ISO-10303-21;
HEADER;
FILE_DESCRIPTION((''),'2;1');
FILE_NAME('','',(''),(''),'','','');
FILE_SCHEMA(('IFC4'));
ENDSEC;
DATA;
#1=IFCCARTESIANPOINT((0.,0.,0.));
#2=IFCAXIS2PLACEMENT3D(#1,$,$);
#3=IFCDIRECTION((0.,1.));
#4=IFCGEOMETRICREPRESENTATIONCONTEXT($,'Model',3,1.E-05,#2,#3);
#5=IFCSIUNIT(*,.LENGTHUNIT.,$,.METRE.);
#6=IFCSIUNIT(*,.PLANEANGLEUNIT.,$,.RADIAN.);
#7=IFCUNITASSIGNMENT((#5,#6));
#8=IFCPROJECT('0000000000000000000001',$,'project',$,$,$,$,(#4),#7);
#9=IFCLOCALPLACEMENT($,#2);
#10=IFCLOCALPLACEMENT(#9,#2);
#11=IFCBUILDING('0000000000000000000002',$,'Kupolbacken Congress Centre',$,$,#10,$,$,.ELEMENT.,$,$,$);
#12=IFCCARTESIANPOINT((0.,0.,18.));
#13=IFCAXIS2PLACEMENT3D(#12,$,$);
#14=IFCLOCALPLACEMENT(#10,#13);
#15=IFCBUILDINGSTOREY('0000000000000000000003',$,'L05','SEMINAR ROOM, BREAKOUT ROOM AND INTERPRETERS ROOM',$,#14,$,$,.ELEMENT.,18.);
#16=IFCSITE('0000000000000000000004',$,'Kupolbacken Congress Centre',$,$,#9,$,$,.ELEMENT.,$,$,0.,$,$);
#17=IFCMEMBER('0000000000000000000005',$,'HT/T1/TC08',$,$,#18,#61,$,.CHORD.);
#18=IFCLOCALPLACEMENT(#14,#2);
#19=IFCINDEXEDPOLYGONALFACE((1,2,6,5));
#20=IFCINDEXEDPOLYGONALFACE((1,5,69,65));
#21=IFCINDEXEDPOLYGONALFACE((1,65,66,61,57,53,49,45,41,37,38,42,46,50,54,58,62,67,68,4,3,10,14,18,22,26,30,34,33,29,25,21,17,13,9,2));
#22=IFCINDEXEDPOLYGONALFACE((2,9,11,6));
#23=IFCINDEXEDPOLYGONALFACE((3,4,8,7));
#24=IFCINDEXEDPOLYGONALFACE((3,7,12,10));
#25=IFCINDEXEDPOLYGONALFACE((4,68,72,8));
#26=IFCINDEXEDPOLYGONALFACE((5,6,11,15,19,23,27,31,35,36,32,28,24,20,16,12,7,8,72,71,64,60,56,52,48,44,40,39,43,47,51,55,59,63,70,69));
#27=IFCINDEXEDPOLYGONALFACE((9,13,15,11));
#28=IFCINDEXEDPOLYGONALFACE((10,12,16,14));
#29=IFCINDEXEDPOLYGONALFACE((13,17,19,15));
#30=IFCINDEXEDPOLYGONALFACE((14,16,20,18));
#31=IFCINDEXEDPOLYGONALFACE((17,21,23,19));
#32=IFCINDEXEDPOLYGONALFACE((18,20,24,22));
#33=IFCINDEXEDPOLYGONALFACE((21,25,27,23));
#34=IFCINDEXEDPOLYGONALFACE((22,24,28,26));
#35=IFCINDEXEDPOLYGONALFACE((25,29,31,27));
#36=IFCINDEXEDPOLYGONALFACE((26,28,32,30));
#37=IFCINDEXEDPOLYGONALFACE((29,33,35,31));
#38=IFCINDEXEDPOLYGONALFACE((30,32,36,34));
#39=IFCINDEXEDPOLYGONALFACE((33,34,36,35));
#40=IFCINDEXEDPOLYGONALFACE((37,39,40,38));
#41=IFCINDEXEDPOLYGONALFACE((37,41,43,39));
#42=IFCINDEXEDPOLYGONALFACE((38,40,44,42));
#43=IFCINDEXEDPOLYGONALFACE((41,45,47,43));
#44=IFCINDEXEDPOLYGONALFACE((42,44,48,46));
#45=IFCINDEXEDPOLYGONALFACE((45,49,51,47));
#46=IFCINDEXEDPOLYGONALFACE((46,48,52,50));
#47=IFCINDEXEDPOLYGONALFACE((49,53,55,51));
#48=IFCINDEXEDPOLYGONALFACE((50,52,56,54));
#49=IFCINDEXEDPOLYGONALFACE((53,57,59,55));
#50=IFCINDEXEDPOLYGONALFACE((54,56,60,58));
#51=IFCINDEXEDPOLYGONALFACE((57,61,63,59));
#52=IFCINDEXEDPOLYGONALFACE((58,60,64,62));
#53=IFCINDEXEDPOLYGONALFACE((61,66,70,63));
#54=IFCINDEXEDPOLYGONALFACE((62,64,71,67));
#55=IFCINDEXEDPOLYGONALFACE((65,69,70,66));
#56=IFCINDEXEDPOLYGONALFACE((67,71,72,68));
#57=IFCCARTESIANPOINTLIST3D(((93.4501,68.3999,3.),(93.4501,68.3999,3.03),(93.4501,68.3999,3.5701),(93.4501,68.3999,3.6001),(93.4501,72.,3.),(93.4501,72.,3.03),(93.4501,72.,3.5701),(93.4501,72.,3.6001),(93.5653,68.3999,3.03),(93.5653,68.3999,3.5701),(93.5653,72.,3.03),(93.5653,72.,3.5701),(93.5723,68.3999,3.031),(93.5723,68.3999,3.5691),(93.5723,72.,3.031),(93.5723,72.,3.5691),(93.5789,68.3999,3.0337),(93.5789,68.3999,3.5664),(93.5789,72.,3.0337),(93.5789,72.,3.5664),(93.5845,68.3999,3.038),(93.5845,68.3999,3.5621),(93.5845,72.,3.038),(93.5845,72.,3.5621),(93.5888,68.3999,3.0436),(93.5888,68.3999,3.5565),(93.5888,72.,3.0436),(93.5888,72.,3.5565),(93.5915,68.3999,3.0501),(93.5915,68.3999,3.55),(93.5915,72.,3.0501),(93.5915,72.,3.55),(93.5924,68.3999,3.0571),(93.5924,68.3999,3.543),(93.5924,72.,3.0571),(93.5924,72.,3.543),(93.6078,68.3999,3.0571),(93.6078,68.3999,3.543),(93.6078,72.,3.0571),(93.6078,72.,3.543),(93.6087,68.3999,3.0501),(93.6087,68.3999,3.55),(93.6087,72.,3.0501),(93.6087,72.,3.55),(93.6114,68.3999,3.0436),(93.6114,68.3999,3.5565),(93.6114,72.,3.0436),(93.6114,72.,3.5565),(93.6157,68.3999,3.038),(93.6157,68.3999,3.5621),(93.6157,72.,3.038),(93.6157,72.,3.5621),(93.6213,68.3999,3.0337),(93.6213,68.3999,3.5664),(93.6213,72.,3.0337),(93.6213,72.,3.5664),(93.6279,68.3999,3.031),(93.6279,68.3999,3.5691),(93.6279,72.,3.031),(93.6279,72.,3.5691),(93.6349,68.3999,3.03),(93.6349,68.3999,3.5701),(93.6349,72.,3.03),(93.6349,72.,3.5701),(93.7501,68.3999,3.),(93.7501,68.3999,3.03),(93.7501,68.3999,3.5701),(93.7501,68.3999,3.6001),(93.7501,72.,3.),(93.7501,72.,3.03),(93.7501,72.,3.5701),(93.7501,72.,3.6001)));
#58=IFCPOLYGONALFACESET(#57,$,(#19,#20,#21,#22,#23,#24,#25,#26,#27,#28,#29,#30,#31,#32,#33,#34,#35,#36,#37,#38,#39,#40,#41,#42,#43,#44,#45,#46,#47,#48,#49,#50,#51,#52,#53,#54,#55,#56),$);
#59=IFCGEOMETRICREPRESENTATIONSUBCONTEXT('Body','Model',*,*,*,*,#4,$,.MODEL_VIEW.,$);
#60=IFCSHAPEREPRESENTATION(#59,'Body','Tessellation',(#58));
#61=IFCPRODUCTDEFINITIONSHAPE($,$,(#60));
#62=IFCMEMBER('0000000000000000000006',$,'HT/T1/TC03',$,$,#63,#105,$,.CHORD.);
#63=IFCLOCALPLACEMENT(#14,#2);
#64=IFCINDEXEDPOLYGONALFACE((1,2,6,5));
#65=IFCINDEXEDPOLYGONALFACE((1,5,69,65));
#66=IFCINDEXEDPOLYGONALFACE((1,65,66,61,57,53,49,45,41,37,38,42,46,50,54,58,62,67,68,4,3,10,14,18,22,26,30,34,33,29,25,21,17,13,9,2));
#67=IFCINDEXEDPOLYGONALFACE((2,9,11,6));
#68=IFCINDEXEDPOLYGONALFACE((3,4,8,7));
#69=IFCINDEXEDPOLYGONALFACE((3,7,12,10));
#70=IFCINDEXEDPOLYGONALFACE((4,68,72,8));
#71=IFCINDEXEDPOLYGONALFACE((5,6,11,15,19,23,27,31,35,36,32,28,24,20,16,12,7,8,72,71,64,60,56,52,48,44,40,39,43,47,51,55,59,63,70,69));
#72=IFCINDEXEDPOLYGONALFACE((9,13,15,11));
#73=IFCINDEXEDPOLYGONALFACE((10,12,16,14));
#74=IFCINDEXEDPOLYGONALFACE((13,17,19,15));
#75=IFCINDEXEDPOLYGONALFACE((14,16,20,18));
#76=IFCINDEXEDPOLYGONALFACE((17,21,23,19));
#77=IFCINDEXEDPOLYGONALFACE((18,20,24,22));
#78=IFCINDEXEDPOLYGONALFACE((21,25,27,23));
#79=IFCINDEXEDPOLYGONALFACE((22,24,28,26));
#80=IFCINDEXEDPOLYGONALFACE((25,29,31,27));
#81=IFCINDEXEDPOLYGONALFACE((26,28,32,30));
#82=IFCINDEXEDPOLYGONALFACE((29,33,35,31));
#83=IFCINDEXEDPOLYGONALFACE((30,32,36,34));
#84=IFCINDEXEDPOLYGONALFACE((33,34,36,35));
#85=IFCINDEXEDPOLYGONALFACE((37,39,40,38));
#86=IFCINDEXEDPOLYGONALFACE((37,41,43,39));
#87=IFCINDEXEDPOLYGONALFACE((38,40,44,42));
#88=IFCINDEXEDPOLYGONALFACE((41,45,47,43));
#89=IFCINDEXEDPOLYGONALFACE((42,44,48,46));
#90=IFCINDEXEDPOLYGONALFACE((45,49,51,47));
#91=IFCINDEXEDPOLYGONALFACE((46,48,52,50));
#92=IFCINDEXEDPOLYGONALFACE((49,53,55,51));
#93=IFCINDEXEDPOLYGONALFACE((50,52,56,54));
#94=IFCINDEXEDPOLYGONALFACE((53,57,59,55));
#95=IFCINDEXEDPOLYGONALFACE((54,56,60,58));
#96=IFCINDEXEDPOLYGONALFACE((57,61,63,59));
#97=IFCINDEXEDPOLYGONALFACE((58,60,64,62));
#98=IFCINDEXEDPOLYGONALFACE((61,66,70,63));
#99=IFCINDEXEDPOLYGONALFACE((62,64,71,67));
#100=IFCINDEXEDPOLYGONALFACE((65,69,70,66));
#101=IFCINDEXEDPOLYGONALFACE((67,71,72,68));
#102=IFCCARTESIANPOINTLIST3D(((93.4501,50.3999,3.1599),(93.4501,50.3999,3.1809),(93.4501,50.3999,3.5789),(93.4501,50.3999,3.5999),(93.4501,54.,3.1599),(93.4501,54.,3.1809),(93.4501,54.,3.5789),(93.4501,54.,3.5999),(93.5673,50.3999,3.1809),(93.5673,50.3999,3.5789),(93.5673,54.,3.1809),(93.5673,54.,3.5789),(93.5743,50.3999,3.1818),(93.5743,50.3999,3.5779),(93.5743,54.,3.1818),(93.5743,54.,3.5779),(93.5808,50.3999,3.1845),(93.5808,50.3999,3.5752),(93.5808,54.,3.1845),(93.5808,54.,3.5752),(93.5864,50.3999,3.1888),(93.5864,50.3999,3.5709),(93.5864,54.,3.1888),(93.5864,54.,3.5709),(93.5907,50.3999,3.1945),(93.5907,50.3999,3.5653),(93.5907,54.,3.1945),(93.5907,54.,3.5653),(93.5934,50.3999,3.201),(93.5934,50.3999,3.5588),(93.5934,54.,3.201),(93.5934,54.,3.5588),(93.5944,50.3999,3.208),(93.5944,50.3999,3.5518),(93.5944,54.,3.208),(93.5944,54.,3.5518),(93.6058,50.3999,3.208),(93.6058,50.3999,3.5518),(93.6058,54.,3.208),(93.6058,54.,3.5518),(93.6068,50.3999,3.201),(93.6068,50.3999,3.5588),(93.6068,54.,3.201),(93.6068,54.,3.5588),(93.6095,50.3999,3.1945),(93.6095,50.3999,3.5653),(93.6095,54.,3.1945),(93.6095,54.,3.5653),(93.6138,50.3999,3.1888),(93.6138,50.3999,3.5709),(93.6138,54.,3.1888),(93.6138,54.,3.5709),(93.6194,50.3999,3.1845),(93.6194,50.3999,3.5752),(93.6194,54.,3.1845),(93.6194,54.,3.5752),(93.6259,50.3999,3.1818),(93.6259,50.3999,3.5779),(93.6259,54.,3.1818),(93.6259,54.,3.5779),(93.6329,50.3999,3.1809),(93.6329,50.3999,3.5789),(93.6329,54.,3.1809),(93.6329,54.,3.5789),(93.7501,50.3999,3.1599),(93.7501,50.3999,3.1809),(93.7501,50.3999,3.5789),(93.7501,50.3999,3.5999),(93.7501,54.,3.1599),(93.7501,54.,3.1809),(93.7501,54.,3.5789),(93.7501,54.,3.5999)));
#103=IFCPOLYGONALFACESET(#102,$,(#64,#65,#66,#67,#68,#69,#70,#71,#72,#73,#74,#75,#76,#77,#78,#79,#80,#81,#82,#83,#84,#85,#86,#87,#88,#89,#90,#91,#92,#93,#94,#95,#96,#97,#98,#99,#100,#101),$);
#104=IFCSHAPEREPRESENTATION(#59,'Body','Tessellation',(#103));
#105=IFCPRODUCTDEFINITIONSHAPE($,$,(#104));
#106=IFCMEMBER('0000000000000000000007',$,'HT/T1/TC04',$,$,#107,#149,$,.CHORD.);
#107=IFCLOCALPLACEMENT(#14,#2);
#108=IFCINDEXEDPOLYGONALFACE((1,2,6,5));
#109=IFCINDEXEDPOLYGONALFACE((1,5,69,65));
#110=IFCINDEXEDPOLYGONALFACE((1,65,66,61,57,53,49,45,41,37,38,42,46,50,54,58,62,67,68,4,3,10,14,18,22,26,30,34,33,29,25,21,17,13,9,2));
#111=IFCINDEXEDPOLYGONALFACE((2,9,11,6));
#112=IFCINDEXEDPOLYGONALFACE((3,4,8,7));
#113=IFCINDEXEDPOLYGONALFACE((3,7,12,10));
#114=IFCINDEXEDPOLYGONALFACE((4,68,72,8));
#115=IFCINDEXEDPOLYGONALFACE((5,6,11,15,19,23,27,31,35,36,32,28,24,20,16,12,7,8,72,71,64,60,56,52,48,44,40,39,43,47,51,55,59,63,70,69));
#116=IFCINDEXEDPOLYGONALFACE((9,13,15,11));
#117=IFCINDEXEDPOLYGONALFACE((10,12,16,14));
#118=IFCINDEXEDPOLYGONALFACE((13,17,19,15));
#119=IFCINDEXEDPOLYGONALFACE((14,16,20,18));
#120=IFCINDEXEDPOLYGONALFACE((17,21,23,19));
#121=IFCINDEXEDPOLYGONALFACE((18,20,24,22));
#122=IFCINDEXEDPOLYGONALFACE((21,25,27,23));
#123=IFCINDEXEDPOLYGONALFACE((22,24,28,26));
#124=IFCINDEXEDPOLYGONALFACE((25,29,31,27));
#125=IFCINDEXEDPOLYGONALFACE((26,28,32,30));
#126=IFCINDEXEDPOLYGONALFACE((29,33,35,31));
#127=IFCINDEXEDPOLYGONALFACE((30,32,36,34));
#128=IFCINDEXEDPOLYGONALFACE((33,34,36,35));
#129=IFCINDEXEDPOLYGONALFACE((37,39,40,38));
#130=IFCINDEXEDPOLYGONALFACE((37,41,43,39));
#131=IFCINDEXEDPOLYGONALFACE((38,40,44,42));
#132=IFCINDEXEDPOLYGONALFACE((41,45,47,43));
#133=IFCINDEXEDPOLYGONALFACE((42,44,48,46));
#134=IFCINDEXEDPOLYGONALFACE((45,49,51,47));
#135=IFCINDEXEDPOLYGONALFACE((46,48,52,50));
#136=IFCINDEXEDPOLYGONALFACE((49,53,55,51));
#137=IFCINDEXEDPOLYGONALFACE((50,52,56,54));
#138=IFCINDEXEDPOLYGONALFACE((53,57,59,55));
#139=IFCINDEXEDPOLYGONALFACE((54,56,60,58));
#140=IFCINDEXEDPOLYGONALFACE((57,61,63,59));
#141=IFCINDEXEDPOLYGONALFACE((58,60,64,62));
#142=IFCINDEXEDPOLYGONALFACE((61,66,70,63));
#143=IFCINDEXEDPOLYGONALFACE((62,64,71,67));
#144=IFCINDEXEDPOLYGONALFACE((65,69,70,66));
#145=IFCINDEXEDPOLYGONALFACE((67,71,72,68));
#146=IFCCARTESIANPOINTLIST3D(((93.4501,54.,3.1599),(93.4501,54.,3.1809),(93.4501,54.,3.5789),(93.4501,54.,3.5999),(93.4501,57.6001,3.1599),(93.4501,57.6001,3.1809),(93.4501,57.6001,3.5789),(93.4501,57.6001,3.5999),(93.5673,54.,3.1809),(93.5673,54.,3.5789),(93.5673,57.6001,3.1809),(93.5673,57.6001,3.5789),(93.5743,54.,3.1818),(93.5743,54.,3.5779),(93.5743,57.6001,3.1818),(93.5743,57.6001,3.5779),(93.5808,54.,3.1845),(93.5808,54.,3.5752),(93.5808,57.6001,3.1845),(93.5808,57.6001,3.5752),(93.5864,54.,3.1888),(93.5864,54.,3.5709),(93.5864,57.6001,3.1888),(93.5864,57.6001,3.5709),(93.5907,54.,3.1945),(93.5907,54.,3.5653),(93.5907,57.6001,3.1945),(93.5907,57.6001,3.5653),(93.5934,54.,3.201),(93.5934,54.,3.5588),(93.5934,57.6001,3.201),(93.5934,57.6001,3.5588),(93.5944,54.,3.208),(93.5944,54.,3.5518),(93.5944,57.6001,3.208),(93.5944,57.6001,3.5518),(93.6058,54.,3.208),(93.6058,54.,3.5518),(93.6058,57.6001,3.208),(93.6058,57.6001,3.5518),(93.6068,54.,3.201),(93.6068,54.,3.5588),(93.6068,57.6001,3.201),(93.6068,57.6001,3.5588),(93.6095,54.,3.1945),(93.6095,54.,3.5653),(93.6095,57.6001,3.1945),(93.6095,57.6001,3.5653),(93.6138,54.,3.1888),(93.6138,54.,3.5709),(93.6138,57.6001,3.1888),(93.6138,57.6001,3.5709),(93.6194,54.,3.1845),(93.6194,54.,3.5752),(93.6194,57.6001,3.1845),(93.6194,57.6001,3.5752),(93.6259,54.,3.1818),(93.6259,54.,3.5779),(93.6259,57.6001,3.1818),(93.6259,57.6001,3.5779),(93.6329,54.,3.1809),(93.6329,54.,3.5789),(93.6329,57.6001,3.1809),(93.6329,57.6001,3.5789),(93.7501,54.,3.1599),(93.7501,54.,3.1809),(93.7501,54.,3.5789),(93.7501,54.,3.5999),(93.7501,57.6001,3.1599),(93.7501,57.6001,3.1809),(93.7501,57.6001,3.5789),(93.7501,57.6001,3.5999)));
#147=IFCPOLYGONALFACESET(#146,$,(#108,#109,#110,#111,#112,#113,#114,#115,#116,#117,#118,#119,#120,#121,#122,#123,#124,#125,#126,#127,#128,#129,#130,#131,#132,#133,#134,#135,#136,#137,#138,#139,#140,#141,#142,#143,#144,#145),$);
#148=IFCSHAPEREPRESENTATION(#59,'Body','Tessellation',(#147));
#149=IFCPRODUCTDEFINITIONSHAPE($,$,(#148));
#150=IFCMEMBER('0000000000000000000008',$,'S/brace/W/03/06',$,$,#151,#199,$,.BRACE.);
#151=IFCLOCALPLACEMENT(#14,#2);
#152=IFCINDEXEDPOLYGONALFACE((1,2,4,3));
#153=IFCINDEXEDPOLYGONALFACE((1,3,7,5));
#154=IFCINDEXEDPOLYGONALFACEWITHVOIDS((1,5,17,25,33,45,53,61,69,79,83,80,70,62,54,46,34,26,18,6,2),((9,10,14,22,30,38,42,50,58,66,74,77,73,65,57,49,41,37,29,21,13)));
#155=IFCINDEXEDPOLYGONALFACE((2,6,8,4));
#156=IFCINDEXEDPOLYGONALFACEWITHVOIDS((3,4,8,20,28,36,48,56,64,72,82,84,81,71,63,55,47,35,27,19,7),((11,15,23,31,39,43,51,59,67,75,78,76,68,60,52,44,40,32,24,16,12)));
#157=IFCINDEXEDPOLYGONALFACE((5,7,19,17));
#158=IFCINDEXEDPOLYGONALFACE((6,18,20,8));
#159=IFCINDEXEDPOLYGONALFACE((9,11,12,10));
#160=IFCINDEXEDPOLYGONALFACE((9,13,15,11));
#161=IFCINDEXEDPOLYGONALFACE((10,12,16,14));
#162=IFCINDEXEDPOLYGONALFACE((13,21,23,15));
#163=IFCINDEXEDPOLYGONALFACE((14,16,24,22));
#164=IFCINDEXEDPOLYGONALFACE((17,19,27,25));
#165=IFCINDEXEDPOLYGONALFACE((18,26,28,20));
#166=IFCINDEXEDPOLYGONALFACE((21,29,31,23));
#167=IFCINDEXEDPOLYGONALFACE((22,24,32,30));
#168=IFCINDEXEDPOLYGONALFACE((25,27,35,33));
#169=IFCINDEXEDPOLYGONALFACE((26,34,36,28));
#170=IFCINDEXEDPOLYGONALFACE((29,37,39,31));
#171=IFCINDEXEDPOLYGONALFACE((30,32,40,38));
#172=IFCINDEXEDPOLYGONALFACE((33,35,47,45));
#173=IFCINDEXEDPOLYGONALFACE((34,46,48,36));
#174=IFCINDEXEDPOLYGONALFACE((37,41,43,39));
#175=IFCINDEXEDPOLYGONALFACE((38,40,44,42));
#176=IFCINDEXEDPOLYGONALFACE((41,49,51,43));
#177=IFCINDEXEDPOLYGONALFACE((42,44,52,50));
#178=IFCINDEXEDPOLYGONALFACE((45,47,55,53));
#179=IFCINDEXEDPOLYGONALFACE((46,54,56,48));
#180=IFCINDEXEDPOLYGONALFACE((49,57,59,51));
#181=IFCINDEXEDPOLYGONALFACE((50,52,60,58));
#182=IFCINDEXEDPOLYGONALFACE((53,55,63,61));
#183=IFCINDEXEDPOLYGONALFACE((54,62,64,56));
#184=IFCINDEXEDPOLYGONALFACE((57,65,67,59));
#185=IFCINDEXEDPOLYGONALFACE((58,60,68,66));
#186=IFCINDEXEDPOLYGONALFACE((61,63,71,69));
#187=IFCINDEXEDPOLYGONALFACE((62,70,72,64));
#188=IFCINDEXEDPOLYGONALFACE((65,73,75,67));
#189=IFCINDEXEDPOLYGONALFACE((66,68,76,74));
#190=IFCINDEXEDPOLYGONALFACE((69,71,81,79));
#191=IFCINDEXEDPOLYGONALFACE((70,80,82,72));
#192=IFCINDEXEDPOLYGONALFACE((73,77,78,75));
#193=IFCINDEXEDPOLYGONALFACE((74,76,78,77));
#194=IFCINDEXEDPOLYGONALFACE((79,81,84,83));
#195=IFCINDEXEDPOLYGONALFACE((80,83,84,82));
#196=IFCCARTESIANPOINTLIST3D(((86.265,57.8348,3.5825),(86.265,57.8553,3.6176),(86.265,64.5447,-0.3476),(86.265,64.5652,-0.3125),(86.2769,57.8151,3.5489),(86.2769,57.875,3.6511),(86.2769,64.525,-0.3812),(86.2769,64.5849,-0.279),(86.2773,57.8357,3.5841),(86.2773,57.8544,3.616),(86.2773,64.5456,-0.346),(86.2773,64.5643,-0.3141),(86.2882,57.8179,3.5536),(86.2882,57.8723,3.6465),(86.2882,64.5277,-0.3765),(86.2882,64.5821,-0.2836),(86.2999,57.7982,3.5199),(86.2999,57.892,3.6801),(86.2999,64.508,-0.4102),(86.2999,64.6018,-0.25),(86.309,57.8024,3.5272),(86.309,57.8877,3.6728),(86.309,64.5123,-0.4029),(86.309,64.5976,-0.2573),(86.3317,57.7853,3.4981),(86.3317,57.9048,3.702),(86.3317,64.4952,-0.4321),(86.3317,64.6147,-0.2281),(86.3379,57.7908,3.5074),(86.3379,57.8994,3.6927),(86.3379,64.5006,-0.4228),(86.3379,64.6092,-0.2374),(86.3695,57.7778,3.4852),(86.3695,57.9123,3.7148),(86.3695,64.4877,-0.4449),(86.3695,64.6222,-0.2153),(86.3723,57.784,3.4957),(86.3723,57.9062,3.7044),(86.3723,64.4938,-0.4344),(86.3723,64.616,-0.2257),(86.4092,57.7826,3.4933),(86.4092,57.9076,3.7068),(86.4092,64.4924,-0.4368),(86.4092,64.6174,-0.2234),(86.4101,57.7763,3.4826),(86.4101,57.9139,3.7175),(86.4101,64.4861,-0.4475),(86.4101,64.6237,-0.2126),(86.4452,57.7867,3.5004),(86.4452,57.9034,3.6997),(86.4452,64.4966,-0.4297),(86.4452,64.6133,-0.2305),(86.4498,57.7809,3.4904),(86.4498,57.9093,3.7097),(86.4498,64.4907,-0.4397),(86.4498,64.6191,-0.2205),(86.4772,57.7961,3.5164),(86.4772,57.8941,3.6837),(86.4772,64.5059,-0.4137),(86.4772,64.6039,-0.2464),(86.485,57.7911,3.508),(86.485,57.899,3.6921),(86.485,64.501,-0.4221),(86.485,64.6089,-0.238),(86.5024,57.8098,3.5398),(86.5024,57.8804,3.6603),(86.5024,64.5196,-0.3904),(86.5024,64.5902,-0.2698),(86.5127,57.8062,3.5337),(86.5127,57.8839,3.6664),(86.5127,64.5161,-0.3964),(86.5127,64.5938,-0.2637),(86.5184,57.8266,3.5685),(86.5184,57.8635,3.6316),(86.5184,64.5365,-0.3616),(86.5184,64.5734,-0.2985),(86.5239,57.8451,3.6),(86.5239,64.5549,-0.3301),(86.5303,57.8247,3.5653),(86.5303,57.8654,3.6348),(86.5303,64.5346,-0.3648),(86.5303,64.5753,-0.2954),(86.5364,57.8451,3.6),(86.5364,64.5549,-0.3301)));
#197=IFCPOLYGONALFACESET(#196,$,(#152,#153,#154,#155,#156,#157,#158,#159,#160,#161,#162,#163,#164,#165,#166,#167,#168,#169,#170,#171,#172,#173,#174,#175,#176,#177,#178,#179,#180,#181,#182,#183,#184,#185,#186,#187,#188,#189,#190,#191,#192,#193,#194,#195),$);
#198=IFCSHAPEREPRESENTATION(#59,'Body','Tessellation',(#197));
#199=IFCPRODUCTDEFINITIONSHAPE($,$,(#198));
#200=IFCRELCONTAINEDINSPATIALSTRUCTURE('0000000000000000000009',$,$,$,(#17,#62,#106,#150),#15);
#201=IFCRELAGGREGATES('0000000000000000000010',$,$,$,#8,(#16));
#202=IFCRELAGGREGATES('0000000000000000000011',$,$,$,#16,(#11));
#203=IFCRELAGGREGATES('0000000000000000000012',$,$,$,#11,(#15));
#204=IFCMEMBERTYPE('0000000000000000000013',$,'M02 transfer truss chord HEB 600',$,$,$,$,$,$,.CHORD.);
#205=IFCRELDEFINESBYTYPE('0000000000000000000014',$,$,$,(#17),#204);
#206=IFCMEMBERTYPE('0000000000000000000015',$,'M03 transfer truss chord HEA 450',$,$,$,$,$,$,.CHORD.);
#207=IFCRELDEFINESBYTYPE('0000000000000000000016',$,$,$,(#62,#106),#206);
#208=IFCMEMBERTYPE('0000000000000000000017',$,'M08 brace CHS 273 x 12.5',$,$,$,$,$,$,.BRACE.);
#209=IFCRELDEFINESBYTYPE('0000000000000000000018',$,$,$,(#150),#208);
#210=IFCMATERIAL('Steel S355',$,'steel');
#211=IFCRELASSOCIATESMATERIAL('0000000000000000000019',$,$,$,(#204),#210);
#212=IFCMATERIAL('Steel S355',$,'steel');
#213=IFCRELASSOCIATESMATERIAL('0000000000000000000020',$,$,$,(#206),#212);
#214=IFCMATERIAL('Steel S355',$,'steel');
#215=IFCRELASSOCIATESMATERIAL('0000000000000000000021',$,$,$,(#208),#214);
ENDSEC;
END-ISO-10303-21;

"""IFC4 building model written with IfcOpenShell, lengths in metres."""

from ifc_helpers import new_model, si_unit, direction, frame, origin, origin_2d, place, context, subcontext, project, spatial, hollow_circle, i_section, extrude, material, material_profile, profile_set, type_object, element, save


model = new_model("IFC4")

# Units and contexts
model_context = context("Model", 3, precision=1e-05, world=origin(), true_north=direction((0.0, 1.0)))
body_context = subcontext(model_context, "Body", "Model", "MODEL_VIEW")
ifc_project = project(units=[si_unit("LENGTHUNIT", "METRE"), si_unit("PLANEANGLEUNIT", "RADIAN")], contexts=[model_context])

# Site, building, storey
site_placement = place(None, origin())
site = spatial("IfcSite", under=ifc_project, at=site_placement, Name="Kupolbacken Congress Centre", CompositionType="ELEMENT", RefElevation=0.0)
building_placement = place(site_placement, origin())
building = spatial("IfcBuilding", under=site, at=building_placement, Name="Kupolbacken Congress Centre", CompositionType="ELEMENT")
storey_placement = place(building_placement, frame((0.0, 0.0, 18.0)))
storey = spatial("IfcBuildingStorey", under=building, at=storey_placement, Name="L05", Description="SEMINAR ROOM, BREAKOUT ROOM AND INTERPRETERS ROOM", CompositionType="ELEMENT", Elevation=18.0)

# Members
ifc_material_1 = material(Name="Steel S355", Category="steel")
ifc_material_profile_1 = material_profile(ifc_material_1, i_section(OverallWidth=0.3, OverallDepth=0.6001, WebThickness=0.0154, FlangeThickness=0.03, FilletRadius=0.0271, at=origin_2d()), Name="HEB 600")
ifc_profile_set_1 = profile_set([ifc_material_profile_1], Name="Steel S355")
member_type_1 = type_object("IfcMemberType", Name="M02 transfer truss chord HEB 600", PredefinedType="CHORD", material=ifc_profile_set_1)
member_1_placement = place(storey_placement, frame((93.6001, 68.3999, 3.3), z_axis=(0.0, 1.0, 0.0), x_axis=(-1.0, 0.0, 0.0)))
element("IfcMember", 1, at=member_1_placement, inside=storey, type_object=member_type_1, Name="HT/T1/TC08", PredefinedType="CHORD", context=body_context, shape_type="SweptSolid", body=[
    extrude(i_section(OverallWidth=0.3, OverallDepth=0.6001, WebThickness=0.0154, FlangeThickness=0.03, FilletRadius=0.0271, at=origin_2d()), origin(), (0.0, 0.0, 1.0), 3.6001),
])
ifc_material_2 = material(Name="Steel S355", Category="steel")
ifc_material_profile_2 = material_profile(ifc_material_2, i_section(OverallWidth=0.3, OverallDepth=0.4399, WebThickness=0.0115, FlangeThickness=0.021, FilletRadius=0.0271, at=origin_2d()), Name="HEA 450")
ifc_profile_set_2 = profile_set([ifc_material_profile_2], Name="Steel S355")
member_type_2 = type_object("IfcMemberType", Name="M03 transfer truss chord HEA 450", PredefinedType="CHORD", material=ifc_profile_set_2)
for number, where, z_axis, x_axis, name in (
    (2, (93.6001, 50.3999, 3.3799), (0.0, 1.0, 0.0), (-1.0, 0.0, 0.0), "HT/T1/TC03"),
    (3, (93.6001, 54.0, 3.3799), (0.0, 1.0, 0.0), (-1.0, 0.0, 0.0), "HT/T1/TC04"),
):
    element("IfcMember", number, at=place(storey_placement, frame(where, z_axis=z_axis, x_axis=x_axis)), inside=storey, type_object=member_type_2, Name=name, PredefinedType="CHORD", context=body_context, shape_type="SweptSolid", body=[
        extrude(i_section(OverallWidth=0.3, OverallDepth=0.4399, WebThickness=0.0115, FlangeThickness=0.021, FilletRadius=0.0271, at=origin_2d()), origin(), (0.0, 0.0, 1.0), 3.6001),
    ])
ifc_material_3 = material(Name="Steel S355", Category="steel")
ifc_material_profile_3 = material_profile(ifc_material_3, hollow_circle(Radius=0.1365, WallThickness=0.0125, at=origin_2d()), Name="CHS 273 x 12.5")
ifc_profile_set_3 = profile_set([ifc_material_profile_3], Name="Steel S355")
member_type_3 = type_object("IfcMemberType", Name="M08 brace CHS 273 x 12.5", PredefinedType="BRACE", material=ifc_profile_set_3)
member_2_placement = place(storey_placement, frame((86.3999, 64.5549, -0.3301), z_axis=(0.0, -0.86288, 0.505408), x_axis=(1.0, 0.0, 0.0)))
element("IfcMember", 4, at=member_2_placement, inside=storey, type_object=member_type_3, Name="S/brace/W/03/06", PredefinedType="BRACE", context=body_context, shape_type="SweptSolid", body=[
    extrude(hollow_circle(Radius=0.1365, WallThickness=0.0125, at=origin_2d()), origin(), (0.0, 0.0, 1.0), 7.7761),
])

save(model, "model.ifc")
